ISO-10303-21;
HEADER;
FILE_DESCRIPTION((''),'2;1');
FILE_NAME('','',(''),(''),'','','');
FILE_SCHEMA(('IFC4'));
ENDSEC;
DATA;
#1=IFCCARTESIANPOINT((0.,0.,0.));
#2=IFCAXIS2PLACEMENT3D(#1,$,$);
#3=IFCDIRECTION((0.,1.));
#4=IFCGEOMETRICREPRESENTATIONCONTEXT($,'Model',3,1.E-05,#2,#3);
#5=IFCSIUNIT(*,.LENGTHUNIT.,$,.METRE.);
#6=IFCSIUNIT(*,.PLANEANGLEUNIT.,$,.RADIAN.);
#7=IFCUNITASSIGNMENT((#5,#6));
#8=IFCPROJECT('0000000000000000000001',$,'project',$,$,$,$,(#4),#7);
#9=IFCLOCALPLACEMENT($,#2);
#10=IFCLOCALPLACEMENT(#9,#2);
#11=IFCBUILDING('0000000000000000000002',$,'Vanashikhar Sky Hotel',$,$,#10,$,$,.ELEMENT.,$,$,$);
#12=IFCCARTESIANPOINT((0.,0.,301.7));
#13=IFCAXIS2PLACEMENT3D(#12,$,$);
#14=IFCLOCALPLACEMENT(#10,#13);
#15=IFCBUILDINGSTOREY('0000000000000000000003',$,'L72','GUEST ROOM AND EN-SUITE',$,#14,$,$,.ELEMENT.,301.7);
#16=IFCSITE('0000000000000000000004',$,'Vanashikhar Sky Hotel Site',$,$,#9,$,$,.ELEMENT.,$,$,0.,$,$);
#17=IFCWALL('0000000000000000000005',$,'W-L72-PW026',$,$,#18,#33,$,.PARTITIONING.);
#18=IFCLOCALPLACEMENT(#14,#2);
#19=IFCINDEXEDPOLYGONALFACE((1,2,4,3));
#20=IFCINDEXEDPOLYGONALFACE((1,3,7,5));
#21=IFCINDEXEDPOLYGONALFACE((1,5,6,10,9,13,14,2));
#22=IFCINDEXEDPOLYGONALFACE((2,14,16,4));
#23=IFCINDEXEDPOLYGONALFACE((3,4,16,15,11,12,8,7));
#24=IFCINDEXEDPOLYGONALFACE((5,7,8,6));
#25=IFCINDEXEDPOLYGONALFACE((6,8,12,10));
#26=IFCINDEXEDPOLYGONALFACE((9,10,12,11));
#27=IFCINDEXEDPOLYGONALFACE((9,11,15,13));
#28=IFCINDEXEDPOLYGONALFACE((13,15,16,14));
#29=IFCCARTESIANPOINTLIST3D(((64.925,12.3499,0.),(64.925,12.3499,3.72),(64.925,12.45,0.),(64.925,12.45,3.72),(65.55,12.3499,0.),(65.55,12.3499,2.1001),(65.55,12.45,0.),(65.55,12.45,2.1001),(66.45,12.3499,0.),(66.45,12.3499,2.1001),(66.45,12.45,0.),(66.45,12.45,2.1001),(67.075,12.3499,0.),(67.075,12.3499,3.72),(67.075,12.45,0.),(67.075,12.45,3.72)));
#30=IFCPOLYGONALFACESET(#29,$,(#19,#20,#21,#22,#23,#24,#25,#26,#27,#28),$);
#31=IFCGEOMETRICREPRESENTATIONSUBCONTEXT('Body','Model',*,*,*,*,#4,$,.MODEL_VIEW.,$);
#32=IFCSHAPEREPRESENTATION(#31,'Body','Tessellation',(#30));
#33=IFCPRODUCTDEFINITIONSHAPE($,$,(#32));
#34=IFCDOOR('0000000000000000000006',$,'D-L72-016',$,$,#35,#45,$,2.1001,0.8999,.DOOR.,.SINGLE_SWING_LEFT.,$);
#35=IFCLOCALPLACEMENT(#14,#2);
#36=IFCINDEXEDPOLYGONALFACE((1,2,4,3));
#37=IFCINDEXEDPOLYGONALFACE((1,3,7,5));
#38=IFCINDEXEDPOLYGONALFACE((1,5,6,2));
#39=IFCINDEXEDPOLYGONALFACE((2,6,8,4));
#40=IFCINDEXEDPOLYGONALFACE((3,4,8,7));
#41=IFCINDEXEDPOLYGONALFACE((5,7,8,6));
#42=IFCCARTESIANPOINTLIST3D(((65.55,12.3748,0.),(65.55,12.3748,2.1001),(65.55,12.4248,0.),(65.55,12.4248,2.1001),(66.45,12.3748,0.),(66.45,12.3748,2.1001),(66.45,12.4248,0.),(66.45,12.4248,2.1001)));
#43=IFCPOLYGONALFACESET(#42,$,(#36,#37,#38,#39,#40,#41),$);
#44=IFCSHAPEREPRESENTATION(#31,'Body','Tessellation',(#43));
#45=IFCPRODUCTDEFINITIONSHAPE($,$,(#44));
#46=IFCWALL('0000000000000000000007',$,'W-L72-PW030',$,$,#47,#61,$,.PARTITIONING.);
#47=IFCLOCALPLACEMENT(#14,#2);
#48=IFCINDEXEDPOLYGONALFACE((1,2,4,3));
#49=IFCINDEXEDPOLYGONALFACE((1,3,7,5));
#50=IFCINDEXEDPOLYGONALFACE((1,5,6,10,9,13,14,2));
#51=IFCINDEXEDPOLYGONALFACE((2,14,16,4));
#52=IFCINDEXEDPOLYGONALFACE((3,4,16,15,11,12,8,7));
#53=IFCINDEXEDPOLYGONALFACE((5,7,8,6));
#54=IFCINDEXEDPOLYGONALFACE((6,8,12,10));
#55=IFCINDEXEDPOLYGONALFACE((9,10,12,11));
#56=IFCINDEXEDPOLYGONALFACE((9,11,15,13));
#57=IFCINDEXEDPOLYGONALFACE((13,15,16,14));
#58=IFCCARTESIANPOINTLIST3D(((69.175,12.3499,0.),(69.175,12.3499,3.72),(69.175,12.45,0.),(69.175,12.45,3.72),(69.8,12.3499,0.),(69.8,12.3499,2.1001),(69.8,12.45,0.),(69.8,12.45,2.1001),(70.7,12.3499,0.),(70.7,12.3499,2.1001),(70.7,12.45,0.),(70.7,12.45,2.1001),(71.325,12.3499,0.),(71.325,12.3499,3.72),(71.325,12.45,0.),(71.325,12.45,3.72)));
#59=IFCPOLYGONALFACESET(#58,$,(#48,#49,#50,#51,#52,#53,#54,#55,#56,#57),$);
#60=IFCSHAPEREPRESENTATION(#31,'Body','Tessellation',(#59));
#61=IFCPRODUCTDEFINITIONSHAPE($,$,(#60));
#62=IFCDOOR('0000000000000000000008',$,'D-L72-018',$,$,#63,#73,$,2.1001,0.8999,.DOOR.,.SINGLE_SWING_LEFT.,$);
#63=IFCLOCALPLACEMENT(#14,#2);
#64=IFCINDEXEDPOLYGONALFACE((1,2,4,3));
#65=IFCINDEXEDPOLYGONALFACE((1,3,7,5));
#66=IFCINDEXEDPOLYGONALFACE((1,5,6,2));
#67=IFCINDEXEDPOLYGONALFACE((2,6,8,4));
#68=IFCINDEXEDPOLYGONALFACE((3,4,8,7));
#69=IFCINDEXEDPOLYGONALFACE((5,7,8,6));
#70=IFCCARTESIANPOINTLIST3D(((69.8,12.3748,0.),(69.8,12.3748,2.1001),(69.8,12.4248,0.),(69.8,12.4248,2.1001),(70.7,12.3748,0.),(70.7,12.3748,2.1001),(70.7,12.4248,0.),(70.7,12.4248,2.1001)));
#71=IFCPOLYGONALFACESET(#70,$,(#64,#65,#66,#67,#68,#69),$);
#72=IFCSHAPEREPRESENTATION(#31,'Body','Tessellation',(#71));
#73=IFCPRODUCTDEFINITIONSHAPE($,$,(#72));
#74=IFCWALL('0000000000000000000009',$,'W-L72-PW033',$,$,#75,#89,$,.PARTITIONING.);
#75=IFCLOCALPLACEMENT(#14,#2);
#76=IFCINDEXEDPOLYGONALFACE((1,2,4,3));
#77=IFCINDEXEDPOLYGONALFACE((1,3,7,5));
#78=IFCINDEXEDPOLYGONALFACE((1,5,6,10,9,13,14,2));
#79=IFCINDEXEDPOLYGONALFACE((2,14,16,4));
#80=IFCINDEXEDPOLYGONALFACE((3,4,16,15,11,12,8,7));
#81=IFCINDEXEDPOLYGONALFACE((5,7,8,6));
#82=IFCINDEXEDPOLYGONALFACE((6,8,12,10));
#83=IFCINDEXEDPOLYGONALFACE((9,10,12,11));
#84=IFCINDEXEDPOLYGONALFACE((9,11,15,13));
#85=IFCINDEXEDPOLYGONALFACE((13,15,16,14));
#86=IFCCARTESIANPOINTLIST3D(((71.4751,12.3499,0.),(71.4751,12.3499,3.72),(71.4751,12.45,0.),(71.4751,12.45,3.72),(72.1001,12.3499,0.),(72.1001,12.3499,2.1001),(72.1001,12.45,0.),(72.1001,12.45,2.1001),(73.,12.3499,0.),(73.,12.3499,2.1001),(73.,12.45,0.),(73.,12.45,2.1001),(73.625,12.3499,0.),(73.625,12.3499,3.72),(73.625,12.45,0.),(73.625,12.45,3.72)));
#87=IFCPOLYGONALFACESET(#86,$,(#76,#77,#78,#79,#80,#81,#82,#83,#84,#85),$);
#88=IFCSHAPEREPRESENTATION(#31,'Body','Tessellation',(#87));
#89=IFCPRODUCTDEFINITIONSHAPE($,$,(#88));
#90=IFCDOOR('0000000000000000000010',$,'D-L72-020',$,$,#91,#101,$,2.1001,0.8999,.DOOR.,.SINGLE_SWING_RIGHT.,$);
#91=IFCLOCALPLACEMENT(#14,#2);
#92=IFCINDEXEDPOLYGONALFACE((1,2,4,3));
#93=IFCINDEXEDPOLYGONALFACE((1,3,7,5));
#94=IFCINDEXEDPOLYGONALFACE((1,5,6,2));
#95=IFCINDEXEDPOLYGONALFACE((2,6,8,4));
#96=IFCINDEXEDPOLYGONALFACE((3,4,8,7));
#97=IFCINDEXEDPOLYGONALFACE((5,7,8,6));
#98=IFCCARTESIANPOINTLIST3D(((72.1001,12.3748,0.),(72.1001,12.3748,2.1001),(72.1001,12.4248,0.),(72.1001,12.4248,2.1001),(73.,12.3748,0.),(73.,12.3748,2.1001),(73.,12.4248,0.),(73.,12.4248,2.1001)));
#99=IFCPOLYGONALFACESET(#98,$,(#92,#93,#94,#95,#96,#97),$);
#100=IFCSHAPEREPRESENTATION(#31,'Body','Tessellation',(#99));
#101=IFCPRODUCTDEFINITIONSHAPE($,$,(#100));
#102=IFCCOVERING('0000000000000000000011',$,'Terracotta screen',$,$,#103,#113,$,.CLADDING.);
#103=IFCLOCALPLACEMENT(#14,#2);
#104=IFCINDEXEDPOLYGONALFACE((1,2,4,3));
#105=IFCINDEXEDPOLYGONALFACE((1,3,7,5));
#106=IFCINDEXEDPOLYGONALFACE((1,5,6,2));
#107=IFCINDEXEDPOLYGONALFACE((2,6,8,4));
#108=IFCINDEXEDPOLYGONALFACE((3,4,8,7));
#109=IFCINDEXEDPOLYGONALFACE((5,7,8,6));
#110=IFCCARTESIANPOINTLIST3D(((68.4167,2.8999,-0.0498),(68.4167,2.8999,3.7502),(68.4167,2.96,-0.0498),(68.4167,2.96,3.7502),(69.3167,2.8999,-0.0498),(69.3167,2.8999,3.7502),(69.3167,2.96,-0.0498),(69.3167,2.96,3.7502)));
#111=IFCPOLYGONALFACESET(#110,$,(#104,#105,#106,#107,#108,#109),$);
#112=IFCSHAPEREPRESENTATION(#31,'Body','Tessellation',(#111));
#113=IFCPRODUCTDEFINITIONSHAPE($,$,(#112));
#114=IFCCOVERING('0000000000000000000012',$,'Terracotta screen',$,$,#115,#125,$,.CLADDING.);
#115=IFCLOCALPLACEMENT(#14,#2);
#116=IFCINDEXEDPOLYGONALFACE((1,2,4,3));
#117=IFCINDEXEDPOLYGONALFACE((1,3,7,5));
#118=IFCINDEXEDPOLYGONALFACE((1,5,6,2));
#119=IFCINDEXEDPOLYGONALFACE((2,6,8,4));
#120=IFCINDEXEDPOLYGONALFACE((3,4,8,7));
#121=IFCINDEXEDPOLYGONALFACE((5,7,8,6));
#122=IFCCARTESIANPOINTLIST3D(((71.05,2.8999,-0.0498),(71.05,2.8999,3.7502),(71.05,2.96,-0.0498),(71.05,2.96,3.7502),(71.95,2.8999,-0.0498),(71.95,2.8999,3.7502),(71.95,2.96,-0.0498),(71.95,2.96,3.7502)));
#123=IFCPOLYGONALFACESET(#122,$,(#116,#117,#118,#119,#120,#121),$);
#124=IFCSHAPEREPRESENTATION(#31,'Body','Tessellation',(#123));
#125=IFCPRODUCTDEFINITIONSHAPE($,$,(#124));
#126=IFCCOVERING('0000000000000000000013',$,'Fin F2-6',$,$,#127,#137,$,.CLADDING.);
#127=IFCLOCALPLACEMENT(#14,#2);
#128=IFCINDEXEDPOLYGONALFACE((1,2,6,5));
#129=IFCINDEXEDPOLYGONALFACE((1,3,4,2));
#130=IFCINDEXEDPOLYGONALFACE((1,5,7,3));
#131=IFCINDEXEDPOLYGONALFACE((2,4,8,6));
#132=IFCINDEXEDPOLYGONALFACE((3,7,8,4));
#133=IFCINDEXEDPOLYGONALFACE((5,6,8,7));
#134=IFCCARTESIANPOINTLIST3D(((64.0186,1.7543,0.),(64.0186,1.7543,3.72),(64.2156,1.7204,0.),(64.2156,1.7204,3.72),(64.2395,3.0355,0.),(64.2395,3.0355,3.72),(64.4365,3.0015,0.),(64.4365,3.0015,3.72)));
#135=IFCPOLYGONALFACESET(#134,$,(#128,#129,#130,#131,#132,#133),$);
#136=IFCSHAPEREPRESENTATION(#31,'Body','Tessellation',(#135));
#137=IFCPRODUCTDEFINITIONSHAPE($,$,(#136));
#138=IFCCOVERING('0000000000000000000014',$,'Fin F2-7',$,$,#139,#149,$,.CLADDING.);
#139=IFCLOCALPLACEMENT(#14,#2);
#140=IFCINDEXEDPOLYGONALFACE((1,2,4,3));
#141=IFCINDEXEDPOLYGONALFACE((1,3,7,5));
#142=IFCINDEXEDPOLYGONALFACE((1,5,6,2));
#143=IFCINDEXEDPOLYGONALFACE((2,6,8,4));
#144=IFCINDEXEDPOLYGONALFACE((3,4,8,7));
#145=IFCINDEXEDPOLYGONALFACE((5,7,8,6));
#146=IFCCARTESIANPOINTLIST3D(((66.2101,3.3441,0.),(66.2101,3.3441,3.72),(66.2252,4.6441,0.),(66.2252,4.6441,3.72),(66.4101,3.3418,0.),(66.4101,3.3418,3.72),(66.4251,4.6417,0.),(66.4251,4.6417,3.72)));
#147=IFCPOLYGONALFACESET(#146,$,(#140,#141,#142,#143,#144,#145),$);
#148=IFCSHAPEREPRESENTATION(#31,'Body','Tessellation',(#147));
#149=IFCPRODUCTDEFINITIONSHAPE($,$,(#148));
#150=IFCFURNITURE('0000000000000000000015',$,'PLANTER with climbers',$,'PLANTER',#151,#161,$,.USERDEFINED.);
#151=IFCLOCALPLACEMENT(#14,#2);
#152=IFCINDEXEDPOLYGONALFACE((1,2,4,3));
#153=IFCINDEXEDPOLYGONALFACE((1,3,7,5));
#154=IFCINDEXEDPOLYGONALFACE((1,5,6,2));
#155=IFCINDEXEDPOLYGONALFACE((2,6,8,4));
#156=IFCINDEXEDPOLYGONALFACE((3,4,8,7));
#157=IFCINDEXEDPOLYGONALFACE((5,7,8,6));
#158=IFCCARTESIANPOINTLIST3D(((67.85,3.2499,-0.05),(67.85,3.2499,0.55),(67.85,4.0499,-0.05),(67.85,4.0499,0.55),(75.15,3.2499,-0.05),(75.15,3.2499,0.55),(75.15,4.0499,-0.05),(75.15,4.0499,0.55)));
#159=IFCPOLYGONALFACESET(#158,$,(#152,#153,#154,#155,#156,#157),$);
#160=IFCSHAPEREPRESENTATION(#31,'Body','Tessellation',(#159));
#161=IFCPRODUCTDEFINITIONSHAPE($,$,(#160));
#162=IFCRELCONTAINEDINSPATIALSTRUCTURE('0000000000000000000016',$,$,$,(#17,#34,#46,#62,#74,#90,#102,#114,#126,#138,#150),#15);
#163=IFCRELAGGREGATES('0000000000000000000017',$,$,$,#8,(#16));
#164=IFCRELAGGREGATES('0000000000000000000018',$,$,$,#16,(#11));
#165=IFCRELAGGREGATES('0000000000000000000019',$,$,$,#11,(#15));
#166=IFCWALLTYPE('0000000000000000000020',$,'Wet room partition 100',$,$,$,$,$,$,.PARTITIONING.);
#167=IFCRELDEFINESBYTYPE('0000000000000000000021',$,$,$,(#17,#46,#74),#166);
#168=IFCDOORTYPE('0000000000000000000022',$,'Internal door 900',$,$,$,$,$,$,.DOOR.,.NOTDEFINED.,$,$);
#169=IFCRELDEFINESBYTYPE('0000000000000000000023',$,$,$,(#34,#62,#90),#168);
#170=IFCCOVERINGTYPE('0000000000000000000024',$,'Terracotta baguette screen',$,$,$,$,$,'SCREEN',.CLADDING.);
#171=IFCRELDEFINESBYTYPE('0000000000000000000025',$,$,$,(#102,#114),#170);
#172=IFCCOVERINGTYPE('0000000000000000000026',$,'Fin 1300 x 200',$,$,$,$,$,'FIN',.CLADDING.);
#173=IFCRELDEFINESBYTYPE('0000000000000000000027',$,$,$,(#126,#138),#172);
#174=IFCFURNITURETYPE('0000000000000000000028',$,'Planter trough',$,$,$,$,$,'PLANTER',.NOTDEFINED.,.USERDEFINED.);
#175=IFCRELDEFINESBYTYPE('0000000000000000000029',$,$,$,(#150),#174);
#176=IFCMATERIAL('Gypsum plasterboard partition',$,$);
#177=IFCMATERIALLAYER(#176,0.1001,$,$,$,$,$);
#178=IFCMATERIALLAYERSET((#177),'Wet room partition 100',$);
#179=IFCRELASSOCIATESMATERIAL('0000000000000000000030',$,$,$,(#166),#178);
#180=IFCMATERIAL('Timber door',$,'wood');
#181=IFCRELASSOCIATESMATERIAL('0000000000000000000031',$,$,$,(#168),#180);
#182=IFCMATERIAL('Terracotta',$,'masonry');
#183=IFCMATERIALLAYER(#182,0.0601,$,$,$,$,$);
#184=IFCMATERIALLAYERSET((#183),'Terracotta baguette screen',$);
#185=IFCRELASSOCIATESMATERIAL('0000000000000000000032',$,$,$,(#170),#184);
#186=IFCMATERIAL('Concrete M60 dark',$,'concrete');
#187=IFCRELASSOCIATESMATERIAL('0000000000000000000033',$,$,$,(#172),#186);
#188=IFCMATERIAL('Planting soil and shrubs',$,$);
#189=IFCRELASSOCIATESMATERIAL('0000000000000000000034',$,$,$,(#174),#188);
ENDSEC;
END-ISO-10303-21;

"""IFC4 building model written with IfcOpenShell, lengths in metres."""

from ifc_helpers import new_model, si_unit, direction, frame, frame_2d, origin, origin_2d, place, context, subcontext, project, spatial, rectangle, extrude, source, transform, mapped, material, layer, layer_set, material_profile, profile_set, type_object, element, fill, save


model = new_model("IFC4")

# Units and contexts
model_context = context("Model", 3, precision=1e-05, world=origin(), true_north=direction((0.0, 1.0)))
body_context = subcontext(model_context, "Body", "Model", "MODEL_VIEW")
ifc_project = project(units=[si_unit("LENGTHUNIT", "METRE"), si_unit("PLANEANGLEUNIT", "RADIAN")], contexts=[model_context])

# Site, building, storey
site_placement = place(None, origin())
site = spatial("IfcSite", under=ifc_project, at=site_placement, Name="Vanashikhar Sky Hotel Site", CompositionType="ELEMENT", RefElevation=0.0)
building_placement = place(site_placement, origin())
building = spatial("IfcBuilding", under=site, at=building_placement, Name="Vanashikhar Sky Hotel", CompositionType="ELEMENT")
storey_placement = place(building_placement, frame((0.0, 0.0, 301.7)))
storey = spatial("IfcBuildingStorey", under=building, at=storey_placement, Name="L72", Description="GUEST ROOM AND EN-SUITE", CompositionType="ELEMENT", Elevation=301.7)

# Shared definitions
ifc_material_1 = material(Name="Gypsum plasterboard partition")
ifc_layer_1 = layer(ifc_material_1, 0.1001)
ifc_layer_set_1 = layer_set([ifc_layer_1], Name="Wet room partition 100")
wall_type_1 = type_object("IfcWallType", Name="Wet room partition 100", PredefinedType="PARTITIONING", material=ifc_layer_set_1)

# Walls, openings, doors
shared_shape_1 = source(origin(), body_context, "Body", "SweptSolid", [
    extrude(rectangle(XDim=2.1499, YDim=0.1001, at=frame_2d((1.075, 0.0))), origin(), (0.0, 0.0, 1.0), 3.72),
])
wall_1_placement = place(storey_placement, frame((64.925, 12.3999, 0.0), z_axis=(0.0, 0.0, 1.0), x_axis=(1.0, 0.0, 0.0)))
wall_1 = element("IfcWall", 1, at=wall_1_placement, inside=storey, type_object=wall_type_1, Name="W-L72-PW026", PredefinedType="PARTITIONING", context=body_context, shape_type="MappedRepresentation", body=[
    mapped(shared_shape_1, transform((0.0, 0.0, 0.0), scale=1.0)),
])
shared_shape_2 = source(origin(), body_context, "Body", "SweptSolid", [
    extrude(rectangle(XDim=0.8999, YDim=2.1001, at=frame_2d((0.45, 1.05))), frame((0.0, 0.0601, 0.0), z_axis=(0.0, -1.0, 0.0), x_axis=(1.0, 0.0, 0.0)), (0.0, 0.0, 1.0), 0.1201),
])
opening_1_placement = place(wall_1_placement, frame((0.625, 0.0, 0.0)))
opening_1 = element("IfcOpeningElement", 2, at=opening_1_placement, cuts=wall_1, PredefinedType="OPENING", context=body_context, shape_type="MappedRepresentation", body=[
    mapped(shared_shape_2, transform((0.0, 0.0, 0.0), scale=1.0)),
])
ifc_material_2 = material(Name="Timber door", Category="wood")
door_type_1 = type_object("IfcDoorType", Name="Internal door 900", OperationType="NOTDEFINED", PredefinedType="DOOR", material=ifc_material_2)
shared_shape_3 = source(origin(), body_context, "Body", "SweptSolid", [
    extrude(rectangle(XDim=0.8999, YDim=2.1001, at=frame_2d((0.45, 1.05))), frame((0.0, 0.0249, 0.0), z_axis=(0.0, -1.0, 0.0), x_axis=(1.0, 0.0, 0.0)), (0.0, 0.0, 1.0), 0.05),
])
door_1_placement = place(opening_1_placement, origin())
door_1 = element("IfcDoor", 3, at=door_1_placement, inside=storey, type_object=door_type_1, Name="D-L72-016", OperationType="SINGLE_SWING_LEFT", OverallHeight=2.1001, OverallWidth=0.8999, PredefinedType="DOOR", context=body_context, shape_type="MappedRepresentation", body=[
    mapped(shared_shape_3, transform((0.0, 0.0, 0.0), scale=1.0)),
])
fill(opening_1, door_1)
wall_2_placement = place(storey_placement, frame((69.175, 12.3999, 0.0), z_axis=(0.0, 0.0, 1.0), x_axis=(1.0, 0.0, 0.0)))
wall_2 = element("IfcWall", 4, at=wall_2_placement, inside=storey, type_object=wall_type_1, Name="W-L72-PW030", PredefinedType="PARTITIONING", context=body_context, shape_type="MappedRepresentation", body=[
    mapped(shared_shape_1, transform((0.0, 0.0, 0.0), scale=1.0)),
])
opening_2_placement = place(wall_2_placement, frame((0.625, 0.0, 0.0)))
opening_2 = element("IfcOpeningElement", 5, at=opening_2_placement, cuts=wall_2, PredefinedType="OPENING", context=body_context, shape_type="MappedRepresentation", body=[
    mapped(shared_shape_2, transform((0.0, 0.0, 0.0), scale=1.0)),
])
door_2_placement = place(opening_2_placement, origin())
door_2 = element("IfcDoor", 6, at=door_2_placement, inside=storey, type_object=door_type_1, Name="D-L72-018", OperationType="SINGLE_SWING_LEFT", OverallHeight=2.1001, OverallWidth=0.8999, PredefinedType="DOOR", context=body_context, shape_type="MappedRepresentation", body=[
    mapped(shared_shape_3, transform((0.0, 0.0, 0.0), scale=1.0)),
])
fill(opening_2, door_2)
wall_3_placement = place(storey_placement, frame((71.4751, 12.3999, 0.0), z_axis=(0.0, 0.0, 1.0), x_axis=(1.0, 0.0, 0.0)))
wall_3 = element("IfcWall", 7, at=wall_3_placement, inside=storey, type_object=wall_type_1, Name="W-L72-PW033", PredefinedType="PARTITIONING", context=body_context, shape_type="MappedRepresentation", body=[
    mapped(shared_shape_1, transform((0.0, 0.0, 0.0), scale=1.0)),
])
opening_3_placement = place(wall_3_placement, frame((0.625, 0.0, 0.0)))
opening_3 = element("IfcOpeningElement", 8, at=opening_3_placement, cuts=wall_3, PredefinedType="OPENING", context=body_context, shape_type="MappedRepresentation", body=[
    mapped(shared_shape_2, transform((0.0, 0.0, 0.0), scale=1.0)),
])
door_3_placement = place(opening_3_placement, origin())
door_3 = element("IfcDoor", 9, at=door_3_placement, inside=storey, type_object=door_type_1, Name="D-L72-020", OperationType="SINGLE_SWING_RIGHT", OverallHeight=2.1001, OverallWidth=0.8999, PredefinedType="DOOR", context=body_context, shape_type="MappedRepresentation", body=[
    mapped(shared_shape_3, transform((0.0, 0.0, 0.0), scale=1.0)),
])
fill(opening_3, door_3)

# Coverings
ifc_material_3 = material(Name="Terracotta", Category="masonry")
ifc_layer_2 = layer(ifc_material_3, 0.0601)
ifc_layer_set_2 = layer_set([ifc_layer_2], Name="Terracotta baguette screen")
covering_type_1 = type_object("IfcCoveringType", Name="Terracotta baguette screen", ElementType="SCREEN", PredefinedType="CLADDING", material=ifc_layer_set_2)
shared_shape_4 = source(origin(), body_context, "Body", "SweptSolid", [
    extrude(rectangle(XDim=0.8999, YDim=0.0601, at=origin_2d()), origin(), (0.0, 0.0, 1.0), 3.8),
])
for number, where, z_axis, x_axis, name in (
    (10, (68.8667, 2.9299, -0.0498), (0.0, 0.0, 1.0), (1.0, 0.0, 0.0), "Terracotta screen"),
    (11, (71.5, 2.9299, -0.0498), (0.0, 0.0, 1.0), (1.0, 0.0, 0.0), "Terracotta screen"),
):
    element("IfcCovering", number, at=place(storey_placement, frame(where, z_axis=z_axis, x_axis=x_axis)), inside=storey, type_object=covering_type_1, Name=name, PredefinedType="CLADDING", context=body_context, shape_type="MappedRepresentation", body=[
        mapped(shared_shape_4, transform((0.0, 0.0, 0.0), scale=1.0)),
    ])
ifc_material_4 = material(Name="Concrete M60 dark", Category="concrete")
ifc_material_profile_1 = material_profile(ifc_material_4, rectangle(XDim=1.3, YDim=0.2, at=origin_2d()))
ifc_profile_set_1 = profile_set([ifc_material_profile_1], Name="Fin 1300 x 200")
covering_type_2 = type_object("IfcCoveringType", Name="Fin 1300 x 200", ElementType="FIN", PredefinedType="CLADDING", material=ifc_profile_set_1)
shared_shape_5 = source(origin(), body_context, "Body", "SweptSolid", [
    extrude(rectangle(XDim=1.3, YDim=0.2, at=origin_2d()), origin(), (0.0, 0.0, 1.0), 3.72),
])
for number, where, z_axis, x_axis, name in (
    (12, (64.2275, 2.3779, 0.0), (0.0, 0.0, 1.0), (-0.1699, -0.985461, 0.0), "Fin F2-6"),
    (13, (66.3176, 3.9929, 0.0), (0.0, 0.0, 1.0), (-0.011589, -0.999933, 0.0), "Fin F2-7"),
):
    element("IfcCovering", number, at=place(storey_placement, frame(where, z_axis=z_axis, x_axis=x_axis)), inside=storey, type_object=covering_type_2, Name=name, PredefinedType="CLADDING", context=body_context, shape_type="MappedRepresentation", body=[
        mapped(shared_shape_5, transform((0.0, 0.0, 0.0), scale=1.0)),
    ])

# Furniture
ifc_material_5 = material(Name="Planting soil and shrubs")
furniture_type = type_object("IfcFurnitureType", Name="Planter trough", ElementType="PLANTER", AssemblyPlace="NOTDEFINED", PredefinedType="USERDEFINED", material=ifc_material_5)
shared_shape_6 = source(origin(), body_context, "Body", "SweptSolid", [
    extrude(rectangle(XDim=7.3, YDim=0.8, at=origin_2d()), origin(), (0.0, 0.0, 1.0), 0.6001),
])
furniture_placement = place(storey_placement, frame((71.5, 3.6499, -0.05), z_axis=(0.0, 0.0, 1.0), x_axis=(1.0, 0.0, 0.0)))
element("IfcFurniture", 14, at=furniture_placement, inside=storey, type_object=furniture_type, Name="PLANTER with climbers", ObjectType="PLANTER", PredefinedType="USERDEFINED", context=body_context, shape_type="MappedRepresentation", body=[
    mapped(shared_shape_6, transform((0.0, 0.0, 0.0), scale=1.0)),
])

save(model, "model.ifc")
